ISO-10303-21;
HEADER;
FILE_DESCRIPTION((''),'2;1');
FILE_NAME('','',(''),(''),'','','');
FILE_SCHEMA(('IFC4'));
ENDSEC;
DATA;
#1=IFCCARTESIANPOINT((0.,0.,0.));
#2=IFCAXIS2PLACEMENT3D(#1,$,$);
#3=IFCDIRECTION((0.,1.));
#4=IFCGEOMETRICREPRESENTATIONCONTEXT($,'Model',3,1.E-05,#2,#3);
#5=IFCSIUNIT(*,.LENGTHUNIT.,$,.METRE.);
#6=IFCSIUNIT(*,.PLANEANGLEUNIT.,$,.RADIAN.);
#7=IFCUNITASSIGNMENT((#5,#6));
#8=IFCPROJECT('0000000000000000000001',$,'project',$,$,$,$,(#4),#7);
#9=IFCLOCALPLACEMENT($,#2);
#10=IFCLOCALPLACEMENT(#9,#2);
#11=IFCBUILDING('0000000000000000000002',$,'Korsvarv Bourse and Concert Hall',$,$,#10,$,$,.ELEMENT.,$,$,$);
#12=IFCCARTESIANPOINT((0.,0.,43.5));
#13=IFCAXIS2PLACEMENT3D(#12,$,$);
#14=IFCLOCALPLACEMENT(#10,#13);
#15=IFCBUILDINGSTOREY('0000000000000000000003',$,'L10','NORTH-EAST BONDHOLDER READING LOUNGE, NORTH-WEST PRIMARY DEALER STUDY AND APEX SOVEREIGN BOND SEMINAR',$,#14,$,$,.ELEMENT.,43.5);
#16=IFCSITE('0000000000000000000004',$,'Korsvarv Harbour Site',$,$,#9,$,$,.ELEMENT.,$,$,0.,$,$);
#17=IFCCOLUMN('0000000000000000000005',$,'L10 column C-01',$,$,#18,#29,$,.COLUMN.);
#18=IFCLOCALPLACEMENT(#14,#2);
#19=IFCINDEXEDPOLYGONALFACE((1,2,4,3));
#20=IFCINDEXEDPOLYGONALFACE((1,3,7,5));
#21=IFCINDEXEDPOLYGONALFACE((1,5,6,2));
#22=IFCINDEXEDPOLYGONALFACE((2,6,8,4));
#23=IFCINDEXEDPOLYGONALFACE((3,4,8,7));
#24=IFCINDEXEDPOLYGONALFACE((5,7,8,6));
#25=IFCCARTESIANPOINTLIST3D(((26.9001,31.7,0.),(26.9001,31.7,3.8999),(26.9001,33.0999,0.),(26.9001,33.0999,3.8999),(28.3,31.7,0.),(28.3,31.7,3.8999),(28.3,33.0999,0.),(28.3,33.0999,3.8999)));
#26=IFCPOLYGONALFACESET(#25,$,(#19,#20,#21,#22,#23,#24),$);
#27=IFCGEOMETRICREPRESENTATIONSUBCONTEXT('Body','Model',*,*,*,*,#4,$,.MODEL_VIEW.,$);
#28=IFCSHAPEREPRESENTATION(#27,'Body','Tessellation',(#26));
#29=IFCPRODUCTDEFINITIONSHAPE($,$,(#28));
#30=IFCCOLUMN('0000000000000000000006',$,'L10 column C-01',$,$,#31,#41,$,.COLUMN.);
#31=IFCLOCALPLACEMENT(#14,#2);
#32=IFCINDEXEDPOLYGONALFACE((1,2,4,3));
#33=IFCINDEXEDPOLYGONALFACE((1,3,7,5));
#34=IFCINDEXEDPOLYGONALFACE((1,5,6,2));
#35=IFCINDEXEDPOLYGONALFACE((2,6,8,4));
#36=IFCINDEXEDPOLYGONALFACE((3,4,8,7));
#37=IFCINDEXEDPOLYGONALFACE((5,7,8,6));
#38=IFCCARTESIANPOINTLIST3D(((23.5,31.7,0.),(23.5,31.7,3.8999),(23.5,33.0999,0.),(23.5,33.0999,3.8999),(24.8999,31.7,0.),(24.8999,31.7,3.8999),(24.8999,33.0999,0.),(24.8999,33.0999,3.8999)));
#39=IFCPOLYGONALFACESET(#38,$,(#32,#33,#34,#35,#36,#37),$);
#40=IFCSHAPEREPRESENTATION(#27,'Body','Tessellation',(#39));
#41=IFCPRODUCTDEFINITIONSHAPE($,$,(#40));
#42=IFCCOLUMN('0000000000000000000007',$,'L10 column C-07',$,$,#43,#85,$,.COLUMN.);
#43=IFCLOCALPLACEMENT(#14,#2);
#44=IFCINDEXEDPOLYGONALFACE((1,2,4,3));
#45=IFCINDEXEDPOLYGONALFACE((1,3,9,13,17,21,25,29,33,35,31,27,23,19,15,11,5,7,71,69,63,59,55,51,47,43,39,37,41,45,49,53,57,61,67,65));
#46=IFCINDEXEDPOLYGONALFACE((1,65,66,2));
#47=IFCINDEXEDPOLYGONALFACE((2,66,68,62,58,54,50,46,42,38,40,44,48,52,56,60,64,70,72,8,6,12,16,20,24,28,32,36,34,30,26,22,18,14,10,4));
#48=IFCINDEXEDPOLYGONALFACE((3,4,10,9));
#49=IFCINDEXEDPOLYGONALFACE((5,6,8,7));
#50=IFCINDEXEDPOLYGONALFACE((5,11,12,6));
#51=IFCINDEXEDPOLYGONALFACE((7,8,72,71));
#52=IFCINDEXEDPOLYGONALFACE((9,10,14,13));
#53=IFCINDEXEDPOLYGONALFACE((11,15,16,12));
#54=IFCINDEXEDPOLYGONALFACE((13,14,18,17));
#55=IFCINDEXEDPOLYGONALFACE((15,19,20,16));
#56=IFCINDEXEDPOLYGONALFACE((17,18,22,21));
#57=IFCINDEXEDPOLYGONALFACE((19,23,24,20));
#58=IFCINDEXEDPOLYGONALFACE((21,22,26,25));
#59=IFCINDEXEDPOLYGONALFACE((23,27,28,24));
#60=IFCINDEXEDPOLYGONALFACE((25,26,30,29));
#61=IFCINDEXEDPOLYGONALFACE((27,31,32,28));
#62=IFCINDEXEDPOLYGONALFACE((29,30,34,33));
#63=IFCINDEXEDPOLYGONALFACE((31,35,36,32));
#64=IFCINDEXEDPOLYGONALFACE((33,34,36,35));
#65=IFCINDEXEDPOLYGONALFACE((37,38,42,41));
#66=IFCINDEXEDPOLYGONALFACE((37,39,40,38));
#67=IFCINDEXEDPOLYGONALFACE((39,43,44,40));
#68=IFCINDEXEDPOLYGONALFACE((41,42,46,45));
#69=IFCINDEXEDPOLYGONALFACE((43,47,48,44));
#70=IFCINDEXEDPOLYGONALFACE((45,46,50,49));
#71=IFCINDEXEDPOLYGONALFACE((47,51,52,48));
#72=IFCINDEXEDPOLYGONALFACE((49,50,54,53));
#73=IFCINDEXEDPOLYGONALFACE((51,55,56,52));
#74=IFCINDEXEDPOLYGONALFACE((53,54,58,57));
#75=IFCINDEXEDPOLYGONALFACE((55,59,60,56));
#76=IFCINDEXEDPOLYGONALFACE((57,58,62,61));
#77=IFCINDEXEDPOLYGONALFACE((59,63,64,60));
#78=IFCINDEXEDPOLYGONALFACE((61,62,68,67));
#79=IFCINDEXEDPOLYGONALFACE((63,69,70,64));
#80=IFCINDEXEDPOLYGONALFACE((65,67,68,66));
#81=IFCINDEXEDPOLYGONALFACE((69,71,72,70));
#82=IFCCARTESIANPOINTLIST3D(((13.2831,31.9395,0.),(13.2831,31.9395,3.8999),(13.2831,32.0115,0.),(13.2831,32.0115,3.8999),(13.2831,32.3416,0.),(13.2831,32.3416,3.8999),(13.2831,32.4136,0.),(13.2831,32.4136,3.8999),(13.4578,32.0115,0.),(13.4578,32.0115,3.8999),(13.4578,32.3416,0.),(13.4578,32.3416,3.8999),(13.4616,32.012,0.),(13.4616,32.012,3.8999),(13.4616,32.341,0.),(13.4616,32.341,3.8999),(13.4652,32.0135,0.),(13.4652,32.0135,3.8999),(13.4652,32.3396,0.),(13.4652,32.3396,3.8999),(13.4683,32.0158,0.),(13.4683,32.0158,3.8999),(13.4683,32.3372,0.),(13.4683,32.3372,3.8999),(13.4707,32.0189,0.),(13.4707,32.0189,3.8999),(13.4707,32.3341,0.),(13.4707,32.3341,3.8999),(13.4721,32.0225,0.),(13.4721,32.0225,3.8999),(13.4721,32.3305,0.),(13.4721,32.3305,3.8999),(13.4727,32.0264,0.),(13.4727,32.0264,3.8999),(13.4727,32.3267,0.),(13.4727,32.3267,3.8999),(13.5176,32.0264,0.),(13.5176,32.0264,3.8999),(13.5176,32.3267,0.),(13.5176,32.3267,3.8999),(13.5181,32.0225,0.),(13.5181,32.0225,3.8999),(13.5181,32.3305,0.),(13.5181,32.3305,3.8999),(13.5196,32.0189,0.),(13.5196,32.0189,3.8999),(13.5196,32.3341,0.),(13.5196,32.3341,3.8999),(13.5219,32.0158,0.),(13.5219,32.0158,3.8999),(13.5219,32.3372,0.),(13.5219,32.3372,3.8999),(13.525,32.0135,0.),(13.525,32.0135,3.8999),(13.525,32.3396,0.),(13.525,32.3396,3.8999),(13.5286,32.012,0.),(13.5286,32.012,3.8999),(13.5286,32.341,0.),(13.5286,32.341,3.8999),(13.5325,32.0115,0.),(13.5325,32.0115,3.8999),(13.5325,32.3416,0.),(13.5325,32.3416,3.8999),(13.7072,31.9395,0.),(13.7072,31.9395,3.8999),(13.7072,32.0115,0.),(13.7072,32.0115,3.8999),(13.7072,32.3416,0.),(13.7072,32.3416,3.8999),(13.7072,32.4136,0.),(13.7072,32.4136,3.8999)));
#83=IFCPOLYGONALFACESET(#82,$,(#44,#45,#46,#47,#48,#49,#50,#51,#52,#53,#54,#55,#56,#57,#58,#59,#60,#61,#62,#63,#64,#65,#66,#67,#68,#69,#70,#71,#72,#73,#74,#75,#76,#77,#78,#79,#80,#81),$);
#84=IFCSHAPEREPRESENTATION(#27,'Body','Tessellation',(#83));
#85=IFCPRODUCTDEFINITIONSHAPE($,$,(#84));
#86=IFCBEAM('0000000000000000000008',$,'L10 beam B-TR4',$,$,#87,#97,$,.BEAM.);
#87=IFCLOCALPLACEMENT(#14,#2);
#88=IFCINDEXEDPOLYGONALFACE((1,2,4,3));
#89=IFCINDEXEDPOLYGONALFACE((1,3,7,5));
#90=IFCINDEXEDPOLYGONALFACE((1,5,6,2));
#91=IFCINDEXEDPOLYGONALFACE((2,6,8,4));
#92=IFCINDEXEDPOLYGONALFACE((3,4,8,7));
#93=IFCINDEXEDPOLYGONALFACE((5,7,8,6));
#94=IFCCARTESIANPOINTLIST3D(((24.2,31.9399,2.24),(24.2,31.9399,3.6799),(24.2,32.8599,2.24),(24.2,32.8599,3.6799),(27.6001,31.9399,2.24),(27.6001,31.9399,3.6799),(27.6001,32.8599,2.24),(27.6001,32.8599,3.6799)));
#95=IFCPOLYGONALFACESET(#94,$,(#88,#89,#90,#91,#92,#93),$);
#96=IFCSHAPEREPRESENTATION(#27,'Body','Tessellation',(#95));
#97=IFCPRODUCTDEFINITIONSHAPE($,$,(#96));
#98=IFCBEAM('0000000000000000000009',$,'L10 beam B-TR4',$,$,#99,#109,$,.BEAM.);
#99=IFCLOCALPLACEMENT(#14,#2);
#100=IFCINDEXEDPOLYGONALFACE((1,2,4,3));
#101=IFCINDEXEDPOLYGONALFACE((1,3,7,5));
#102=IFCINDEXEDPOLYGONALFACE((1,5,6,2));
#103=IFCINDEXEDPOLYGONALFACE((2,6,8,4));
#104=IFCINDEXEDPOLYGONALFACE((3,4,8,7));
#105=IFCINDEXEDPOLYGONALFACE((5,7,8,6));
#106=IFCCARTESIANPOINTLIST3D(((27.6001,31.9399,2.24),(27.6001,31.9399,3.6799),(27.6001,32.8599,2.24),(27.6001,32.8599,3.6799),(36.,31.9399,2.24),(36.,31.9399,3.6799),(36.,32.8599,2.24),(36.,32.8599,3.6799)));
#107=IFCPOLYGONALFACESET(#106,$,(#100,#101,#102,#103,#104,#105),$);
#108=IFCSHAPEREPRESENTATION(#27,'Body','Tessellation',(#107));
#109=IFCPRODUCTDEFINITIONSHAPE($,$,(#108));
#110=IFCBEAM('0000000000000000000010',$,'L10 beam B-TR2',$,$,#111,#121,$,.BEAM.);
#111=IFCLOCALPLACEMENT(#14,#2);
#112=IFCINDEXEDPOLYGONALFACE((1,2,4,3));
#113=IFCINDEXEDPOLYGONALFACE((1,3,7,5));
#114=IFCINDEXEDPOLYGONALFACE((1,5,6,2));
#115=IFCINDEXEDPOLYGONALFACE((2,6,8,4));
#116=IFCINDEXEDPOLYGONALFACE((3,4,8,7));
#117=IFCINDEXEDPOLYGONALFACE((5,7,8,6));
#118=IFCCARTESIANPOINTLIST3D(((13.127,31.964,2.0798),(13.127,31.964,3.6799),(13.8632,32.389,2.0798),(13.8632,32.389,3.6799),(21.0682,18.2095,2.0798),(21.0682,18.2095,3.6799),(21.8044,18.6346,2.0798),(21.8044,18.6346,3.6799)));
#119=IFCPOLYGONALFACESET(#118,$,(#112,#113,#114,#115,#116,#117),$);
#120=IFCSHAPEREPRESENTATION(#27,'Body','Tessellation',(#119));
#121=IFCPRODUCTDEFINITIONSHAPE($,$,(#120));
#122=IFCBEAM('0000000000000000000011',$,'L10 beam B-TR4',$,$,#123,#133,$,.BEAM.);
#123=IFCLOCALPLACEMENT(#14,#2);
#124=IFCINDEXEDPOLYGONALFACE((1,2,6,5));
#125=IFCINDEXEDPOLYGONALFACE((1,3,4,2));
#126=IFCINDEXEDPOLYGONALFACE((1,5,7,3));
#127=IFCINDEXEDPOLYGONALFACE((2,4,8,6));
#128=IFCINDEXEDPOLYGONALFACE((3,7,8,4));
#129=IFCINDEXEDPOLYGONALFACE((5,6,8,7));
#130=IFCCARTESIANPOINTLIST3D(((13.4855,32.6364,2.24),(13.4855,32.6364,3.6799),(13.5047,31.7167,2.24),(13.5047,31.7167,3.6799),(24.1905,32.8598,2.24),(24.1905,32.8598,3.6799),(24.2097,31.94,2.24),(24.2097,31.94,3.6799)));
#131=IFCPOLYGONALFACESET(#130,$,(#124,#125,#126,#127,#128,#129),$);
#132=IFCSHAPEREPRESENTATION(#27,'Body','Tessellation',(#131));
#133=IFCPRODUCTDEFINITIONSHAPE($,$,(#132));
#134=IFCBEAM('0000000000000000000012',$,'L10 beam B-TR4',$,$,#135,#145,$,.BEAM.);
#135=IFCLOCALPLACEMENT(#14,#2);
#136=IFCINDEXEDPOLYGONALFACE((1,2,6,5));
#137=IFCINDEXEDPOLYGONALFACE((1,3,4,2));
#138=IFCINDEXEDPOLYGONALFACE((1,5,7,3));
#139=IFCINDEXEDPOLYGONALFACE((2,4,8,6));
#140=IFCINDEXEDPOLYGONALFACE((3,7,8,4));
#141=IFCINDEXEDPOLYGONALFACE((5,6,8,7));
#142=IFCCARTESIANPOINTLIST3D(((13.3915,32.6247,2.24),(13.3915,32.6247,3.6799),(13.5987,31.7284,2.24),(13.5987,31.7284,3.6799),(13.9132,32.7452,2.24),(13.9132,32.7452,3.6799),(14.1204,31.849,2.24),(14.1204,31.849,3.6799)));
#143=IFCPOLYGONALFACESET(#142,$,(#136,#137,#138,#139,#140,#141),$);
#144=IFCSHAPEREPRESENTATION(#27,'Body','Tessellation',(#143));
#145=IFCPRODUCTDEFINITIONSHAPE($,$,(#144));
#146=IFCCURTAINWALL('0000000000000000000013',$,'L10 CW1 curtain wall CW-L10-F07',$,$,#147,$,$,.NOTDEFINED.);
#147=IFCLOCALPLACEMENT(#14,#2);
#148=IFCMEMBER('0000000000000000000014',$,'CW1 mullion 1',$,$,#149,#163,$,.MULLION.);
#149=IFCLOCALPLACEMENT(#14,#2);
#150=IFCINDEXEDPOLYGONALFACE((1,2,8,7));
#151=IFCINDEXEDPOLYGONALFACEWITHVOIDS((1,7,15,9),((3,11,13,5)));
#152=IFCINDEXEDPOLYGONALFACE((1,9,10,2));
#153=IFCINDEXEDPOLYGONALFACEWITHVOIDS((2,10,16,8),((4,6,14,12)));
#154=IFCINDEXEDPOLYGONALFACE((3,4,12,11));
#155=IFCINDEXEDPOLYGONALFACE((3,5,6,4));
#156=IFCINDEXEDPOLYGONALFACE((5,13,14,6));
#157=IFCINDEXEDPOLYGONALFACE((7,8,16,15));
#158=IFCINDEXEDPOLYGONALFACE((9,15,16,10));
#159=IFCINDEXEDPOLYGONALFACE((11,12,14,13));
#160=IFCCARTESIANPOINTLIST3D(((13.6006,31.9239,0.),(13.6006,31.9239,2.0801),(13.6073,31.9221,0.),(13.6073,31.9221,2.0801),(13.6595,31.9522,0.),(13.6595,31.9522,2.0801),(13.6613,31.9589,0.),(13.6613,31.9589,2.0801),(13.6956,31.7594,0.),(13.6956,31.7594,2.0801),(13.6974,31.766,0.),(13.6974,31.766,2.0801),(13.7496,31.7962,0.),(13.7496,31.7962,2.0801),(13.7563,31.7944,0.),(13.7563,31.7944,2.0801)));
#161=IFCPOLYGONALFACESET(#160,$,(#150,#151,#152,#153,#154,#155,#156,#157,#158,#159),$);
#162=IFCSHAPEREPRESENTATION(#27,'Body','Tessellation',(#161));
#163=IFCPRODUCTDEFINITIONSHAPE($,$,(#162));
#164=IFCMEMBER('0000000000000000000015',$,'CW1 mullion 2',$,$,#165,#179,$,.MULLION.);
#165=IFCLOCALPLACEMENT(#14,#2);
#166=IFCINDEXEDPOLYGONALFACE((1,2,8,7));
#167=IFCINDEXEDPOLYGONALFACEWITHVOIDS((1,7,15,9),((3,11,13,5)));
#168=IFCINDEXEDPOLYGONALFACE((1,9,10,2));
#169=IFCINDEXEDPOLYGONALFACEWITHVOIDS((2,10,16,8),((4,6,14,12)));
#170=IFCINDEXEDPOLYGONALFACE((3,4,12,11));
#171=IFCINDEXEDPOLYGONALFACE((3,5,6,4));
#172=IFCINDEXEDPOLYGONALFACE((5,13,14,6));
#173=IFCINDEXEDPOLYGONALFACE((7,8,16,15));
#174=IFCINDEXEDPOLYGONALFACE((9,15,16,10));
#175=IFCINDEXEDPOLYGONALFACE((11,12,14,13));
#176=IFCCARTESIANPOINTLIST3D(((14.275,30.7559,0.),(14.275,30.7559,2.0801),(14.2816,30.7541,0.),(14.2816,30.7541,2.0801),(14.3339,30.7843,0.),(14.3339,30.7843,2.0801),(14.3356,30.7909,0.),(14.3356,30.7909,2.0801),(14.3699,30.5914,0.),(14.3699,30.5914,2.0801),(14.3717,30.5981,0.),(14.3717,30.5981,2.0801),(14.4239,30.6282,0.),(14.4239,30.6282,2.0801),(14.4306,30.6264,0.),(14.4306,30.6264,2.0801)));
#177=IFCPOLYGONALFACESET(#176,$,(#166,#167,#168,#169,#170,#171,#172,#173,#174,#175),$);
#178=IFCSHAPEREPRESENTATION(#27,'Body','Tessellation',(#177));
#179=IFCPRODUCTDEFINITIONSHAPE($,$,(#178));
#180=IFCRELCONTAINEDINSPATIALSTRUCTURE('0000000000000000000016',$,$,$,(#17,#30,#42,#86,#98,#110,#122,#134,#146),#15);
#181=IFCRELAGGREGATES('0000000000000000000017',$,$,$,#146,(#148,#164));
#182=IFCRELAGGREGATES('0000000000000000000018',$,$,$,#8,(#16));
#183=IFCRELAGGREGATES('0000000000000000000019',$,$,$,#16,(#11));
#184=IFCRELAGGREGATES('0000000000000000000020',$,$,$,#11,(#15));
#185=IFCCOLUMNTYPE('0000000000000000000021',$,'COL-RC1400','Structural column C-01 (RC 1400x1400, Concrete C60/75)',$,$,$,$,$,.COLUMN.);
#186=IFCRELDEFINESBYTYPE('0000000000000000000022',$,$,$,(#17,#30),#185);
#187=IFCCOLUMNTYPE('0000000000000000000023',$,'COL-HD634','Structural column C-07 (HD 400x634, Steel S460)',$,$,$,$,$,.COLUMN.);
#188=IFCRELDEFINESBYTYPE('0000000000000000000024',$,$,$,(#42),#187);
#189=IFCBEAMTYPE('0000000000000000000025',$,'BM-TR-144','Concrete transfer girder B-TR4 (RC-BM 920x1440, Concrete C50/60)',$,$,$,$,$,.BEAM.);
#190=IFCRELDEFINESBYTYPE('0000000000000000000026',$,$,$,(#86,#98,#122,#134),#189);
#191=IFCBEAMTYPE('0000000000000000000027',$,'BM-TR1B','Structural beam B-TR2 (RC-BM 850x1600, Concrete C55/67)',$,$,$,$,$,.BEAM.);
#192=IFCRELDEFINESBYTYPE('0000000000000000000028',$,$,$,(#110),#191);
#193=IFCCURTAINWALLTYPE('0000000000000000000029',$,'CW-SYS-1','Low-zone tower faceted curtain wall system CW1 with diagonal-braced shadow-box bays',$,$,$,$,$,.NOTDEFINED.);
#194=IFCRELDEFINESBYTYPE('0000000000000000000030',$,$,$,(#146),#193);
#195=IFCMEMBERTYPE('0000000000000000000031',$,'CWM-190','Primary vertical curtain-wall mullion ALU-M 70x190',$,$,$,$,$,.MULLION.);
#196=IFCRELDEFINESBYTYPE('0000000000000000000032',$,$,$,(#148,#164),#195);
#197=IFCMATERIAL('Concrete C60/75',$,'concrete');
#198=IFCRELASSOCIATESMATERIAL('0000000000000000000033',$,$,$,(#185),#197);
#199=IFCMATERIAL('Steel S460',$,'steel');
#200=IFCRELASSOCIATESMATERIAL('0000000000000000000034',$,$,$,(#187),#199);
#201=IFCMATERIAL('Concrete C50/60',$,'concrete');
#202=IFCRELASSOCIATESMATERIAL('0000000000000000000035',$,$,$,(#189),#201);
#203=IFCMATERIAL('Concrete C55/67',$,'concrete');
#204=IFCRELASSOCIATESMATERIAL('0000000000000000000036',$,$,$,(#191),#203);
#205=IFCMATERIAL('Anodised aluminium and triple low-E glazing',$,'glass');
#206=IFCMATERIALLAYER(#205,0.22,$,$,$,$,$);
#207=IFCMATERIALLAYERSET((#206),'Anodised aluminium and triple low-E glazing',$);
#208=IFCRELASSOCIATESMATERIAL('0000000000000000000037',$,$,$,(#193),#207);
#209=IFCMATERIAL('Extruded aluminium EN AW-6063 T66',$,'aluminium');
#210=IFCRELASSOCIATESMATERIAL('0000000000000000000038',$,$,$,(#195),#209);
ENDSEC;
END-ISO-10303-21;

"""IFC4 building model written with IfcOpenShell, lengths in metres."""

from ifc_helpers import new_model, si_unit, direction, frame, origin, origin_2d, place, context, subcontext, project, spatial, rectangle, hollow_rectangle, i_section, extrude, source, transform, mapped, material, layer, layer_set, material_profile, profile_set, type_object, element, aggregate, save


model = new_model("IFC4")

# Units and contexts
model_context = context("Model", 3, precision=1e-05, world=origin(), true_north=direction((0.0, 1.0)))
body_context = subcontext(model_context, "Body", "Model", "MODEL_VIEW")
ifc_project = project(units=[si_unit("LENGTHUNIT", "METRE"), si_unit("PLANEANGLEUNIT", "RADIAN")], contexts=[model_context])

# Site, building, storey
site_placement = place(None, origin())
site = spatial("IfcSite", under=ifc_project, at=site_placement, Name="Korsvarv Harbour Site", CompositionType="ELEMENT", RefElevation=0.0)
building_placement = place(site_placement, origin())
building = spatial("IfcBuilding", under=site, at=building_placement, Name="Korsvarv Bourse and Concert Hall", CompositionType="ELEMENT")
storey_placement = place(building_placement, frame((0.0, 0.0, 43.5)))
storey = spatial("IfcBuildingStorey", under=building, at=storey_placement, Name="L10", Description="NORTH-EAST BONDHOLDER READING LOUNGE, NORTH-WEST PRIMARY DEALER STUDY AND APEX SOVEREIGN BOND SEMINAR", CompositionType="ELEMENT", Elevation=43.5)

# Columns
ifc_material_1 = material(Name="Concrete C60/75", Category="concrete")
ifc_material_profile_1 = material_profile(ifc_material_1, rectangle(XDim=1.3999, YDim=1.3999, at=origin_2d()), Name="RC 1400x1400")
ifc_profile_set_1 = profile_set([ifc_material_profile_1], Name="Concrete C60/75")
column_type_1 = type_object("IfcColumnType", Name="COL-RC1400", Description="Structural column C-01 (RC 1400x1400, Concrete C60/75)", PredefinedType="COLUMN", material=ifc_profile_set_1)
shared_shape_1 = source(origin(), body_context, "Body", "SweptSolid", [
    extrude(rectangle(XDim=1.3999, YDim=1.3999, at=origin_2d()), origin(), (0.0, 0.0, 1.0), 3.8999),
])
for number, where, z_axis, x_axis, name in (
    (1, (27.6001, 32.3999, 0.0), (0.0, 0.0, 1.0), (1.0, 0.0, 0.0), "L10 column C-01"),
    (2, (24.2, 32.3999, 0.0), (0.0, 0.0, 1.0), (1.0, 0.0, 0.0), "L10 column C-01"),
):
    element("IfcColumn", number, at=place(storey_placement, frame(where, z_axis=z_axis, x_axis=x_axis)), inside=storey, type_object=column_type_1, Name=name, PredefinedType="COLUMN", context=body_context, shape_type="MappedRepresentation", body=[
        mapped(shared_shape_1, transform((0.0, 0.0, 0.0), scale=1.0)),
    ])
ifc_material_2 = material(Name="Steel S460", Category="steel")
ifc_material_profile_2 = material_profile(ifc_material_2, i_section(OverallWidth=0.4241, OverallDepth=0.4741, WebThickness=0.0449, FlangeThickness=0.072, FilletRadius=0.0149, at=origin_2d()), Name="HD 400x634")
ifc_profile_set_2 = profile_set([ifc_material_profile_2], Name="Steel S460")
column_type_2 = type_object("IfcColumnType", Name="COL-HD634", Description="Structural column C-07 (HD 400x634, Steel S460)", PredefinedType="COLUMN", material=ifc_profile_set_2)
shared_shape_2 = source(origin(), body_context, "Body", "SweptSolid", [
    extrude(i_section(OverallWidth=0.4241, OverallDepth=0.4741, WebThickness=0.0449, FlangeThickness=0.072, FilletRadius=0.0149, at=origin_2d()), origin(), (0.0, 0.0, 1.0), 3.8999),
])
column_placement = place(storey_placement, frame((13.4951, 32.1765, 0.0), z_axis=(0.0, 0.0, 1.0), x_axis=(1.0, 0.0, 0.0)))
element("IfcColumn", 3, at=column_placement, inside=storey, type_object=column_type_2, Name="L10 column C-07", PredefinedType="COLUMN", context=body_context, shape_type="MappedRepresentation", body=[
    mapped(shared_shape_2, transform((0.0, 0.0, 0.0), scale=1.0)),
])

# Beams
ifc_material_3 = material(Name="Concrete C50/60", Category="concrete")
ifc_material_profile_3 = material_profile(ifc_material_3, rectangle(XDim=0.9199, YDim=1.4399, at=origin_2d()), Name="RC-BM 920x1440")
ifc_profile_set_3 = profile_set([ifc_material_profile_3], Name="Concrete C50/60")
beam_type_1 = type_object("IfcBeamType", Name="BM-TR-144", Description="Concrete transfer girder B-TR4 (RC-BM 920x1440, Concrete C50/60)", PredefinedType="BEAM", material=ifc_profile_set_3)
shared_shape_3 = source(origin(), body_context, "Body", "SweptSolid", [
    extrude(rectangle(XDim=0.9199, YDim=1.4399, at=origin_2d()), origin(), (0.0, 0.0, 1.0), 3.4001),
])
beam_1_placement = place(storey_placement, frame((24.2, 32.3999, 2.96), z_axis=(1.0, 0.0, 0.0), x_axis=(0.0, 1.0, 0.0)))
element("IfcBeam", 4, at=beam_1_placement, inside=storey, type_object=beam_type_1, Name="L10 beam B-TR4", PredefinedType="BEAM", context=body_context, shape_type="MappedRepresentation", body=[
    mapped(shared_shape_3, transform((0.0, 0.0, 0.0), scale=1.0)),
])
shared_shape_4 = source(origin(), body_context, "Body", "SweptSolid", [
    extrude(rectangle(XDim=0.9199, YDim=1.4399, at=origin_2d()), origin(), (0.0, 0.0, 1.0), 8.3999),
])
beam_2_placement = place(storey_placement, frame((27.6001, 32.3999, 2.96), z_axis=(1.0, 0.0, 0.0), x_axis=(0.0, 1.0, 0.0)))
element("IfcBeam", 5, at=beam_2_placement, inside=storey, type_object=beam_type_1, Name="L10 beam B-TR4", PredefinedType="BEAM", context=body_context, shape_type="MappedRepresentation", body=[
    mapped(shared_shape_4, transform((0.0, 0.0, 0.0), scale=1.0)),
])
ifc_material_4 = material(Name="Concrete C55/67", Category="concrete")
ifc_material_profile_4 = material_profile(ifc_material_4, rectangle(XDim=0.8501, YDim=1.6001, at=origin_2d()), Name="RC-BM 850x1600")
ifc_profile_set_4 = profile_set([ifc_material_profile_4], Name="Concrete C55/67")
beam_type_2 = type_object("IfcBeamType", Name="BM-TR1B", Description="Structural beam B-TR2 (RC-BM 850x1600, Concrete C55/67)", PredefinedType="BEAM", material=ifc_profile_set_4)
shared_shape_5 = source(origin(), body_context, "Body", "SweptSolid", [
    extrude(rectangle(XDim=0.8501, YDim=1.6001, at=origin_2d()), origin(), (0.0, 0.0, 1.0), 15.8823),
])
beam_3_placement = place(storey_placement, frame((13.4951, 32.1765, 2.8799), z_axis=(0.500003, -0.866024, 0.0), x_axis=(0.866024, 0.500003, 0.0)))
element("IfcBeam", 6, at=beam_3_placement, inside=storey, type_object=beam_type_2, Name="L10 beam B-TR2", PredefinedType="BEAM", context=body_context, shape_type="MappedRepresentation", body=[
    mapped(shared_shape_5, transform((0.0, 0.0, 0.0), scale=1.0)),
])
shared_shape_6 = source(origin(), body_context, "Body", "SweptSolid", [
    extrude(rectangle(XDim=0.9199, YDim=1.4399, at=origin_2d()), origin(), (0.0, 0.0, 1.0), 10.7073),
])
beam_4_placement = place(storey_placement, frame((13.4951, 32.1765, 2.96), z_axis=(0.999782, 0.020863, 0.0), x_axis=(-0.020863, 0.999782, 0.0)))
element("IfcBeam", 7, at=beam_4_placement, inside=storey, type_object=beam_type_1, Name="L10 beam B-TR4", PredefinedType="BEAM", context=body_context, shape_type="MappedRepresentation", body=[
    mapped(shared_shape_6, transform((0.0, 0.0, 0.0), scale=1.0)),
])
shared_shape_7 = source(origin(), body_context, "Body", "SweptSolid", [
    extrude(rectangle(XDim=0.9199, YDim=1.4399, at=origin_2d()), origin(), (0.0, 0.0, 1.0), 0.5354),
])
beam_5_placement = place(storey_placement, frame((13.4951, 32.1765, 2.96), z_axis=(0.974307, 0.225226, 0.0), x_axis=(-0.225226, 0.974307, 0.0)))
element("IfcBeam", 8, at=beam_5_placement, inside=storey, type_object=beam_type_1, Name="L10 beam B-TR4", PredefinedType="BEAM", context=body_context, shape_type="MappedRepresentation", body=[
    mapped(shared_shape_7, transform((0.0, 0.0, 0.0), scale=1.0)),
])

# Curtain wall, members
ifc_material_5 = material(Name="Anodised aluminium and triple low-E glazing", Category="glass")
ifc_layer_1 = layer(ifc_material_5, 0.22)
ifc_layer_set_1 = layer_set([ifc_layer_1], Name="Anodised aluminium and triple low-E glazing")
curtain_wall_type = type_object("IfcCurtainWallType", Name="CW-SYS-1", Description="Low-zone tower faceted curtain wall system CW1 with diagonal-braced shadow-box bays", PredefinedType="NOTDEFINED", material=ifc_layer_set_1)
curtain_wall_placement = place(storey_placement, origin())
curtain_wall = element("IfcCurtainWall", 9, at=curtain_wall_placement, inside=storey, type_object=curtain_wall_type, Name="L10 CW1 curtain wall CW-L10-F07", PredefinedType="NOTDEFINED")
ifc_material_6 = material(Name="Extruded aluminium EN AW-6063 T66", Category="aluminium")
ifc_material_profile_5 = material_profile(ifc_material_6, hollow_rectangle(XDim=0.0701, YDim=0.1899, WallThickness=0.0049, at=origin_2d()), Name="ALU-M 70x190")
ifc_profile_set_5 = profile_set([ifc_material_profile_5], Name="Extruded aluminium EN AW-6063 T66")
member_type_1 = type_object("IfcMemberType", Name="CWM-190", Description="Primary vertical curtain-wall mullion ALU-M 70x190", PredefinedType="MULLION", material=ifc_profile_set_5)
shared_shape_8 = source(origin(), body_context, "Body", "SweptSolid", [
    extrude(hollow_rectangle(XDim=0.0701, YDim=0.1899, WallThickness=0.0049, at=origin_2d()), origin(), (0.0, 0.0, 1.0), 2.0801),
])
member_1_placement = place(storey_placement, frame((13.6785, 31.8591, 0.0), z_axis=(0.0, 0.0, 1.0), x_axis=(0.866026, 0.5, 0.0)))
member_1 = element("IfcMember", 10, at=member_1_placement, type_object=member_type_1, Name="CW1 mullion 1", PredefinedType="MULLION", context=body_context, shape_type="MappedRepresentation", body=[
    mapped(shared_shape_8, transform((0.0, 0.0, 0.0), scale=1.0)),
])
member_2_placement = place(storey_placement, frame((14.3528, 30.6912, 0.0), z_axis=(0.0, 0.0, 1.0), x_axis=(0.866026, 0.5, 0.0)))
member_2 = element("IfcMember", 11, at=member_2_placement, type_object=member_type_1, Name="CW1 mullion 2", PredefinedType="MULLION", context=body_context, shape_type="MappedRepresentation", body=[
    mapped(shared_shape_8, transform((0.0, 0.0, 0.0), scale=1.0)),
])
aggregate(curtain_wall, [member_1, member_2])

save(model, "model.ifc")
